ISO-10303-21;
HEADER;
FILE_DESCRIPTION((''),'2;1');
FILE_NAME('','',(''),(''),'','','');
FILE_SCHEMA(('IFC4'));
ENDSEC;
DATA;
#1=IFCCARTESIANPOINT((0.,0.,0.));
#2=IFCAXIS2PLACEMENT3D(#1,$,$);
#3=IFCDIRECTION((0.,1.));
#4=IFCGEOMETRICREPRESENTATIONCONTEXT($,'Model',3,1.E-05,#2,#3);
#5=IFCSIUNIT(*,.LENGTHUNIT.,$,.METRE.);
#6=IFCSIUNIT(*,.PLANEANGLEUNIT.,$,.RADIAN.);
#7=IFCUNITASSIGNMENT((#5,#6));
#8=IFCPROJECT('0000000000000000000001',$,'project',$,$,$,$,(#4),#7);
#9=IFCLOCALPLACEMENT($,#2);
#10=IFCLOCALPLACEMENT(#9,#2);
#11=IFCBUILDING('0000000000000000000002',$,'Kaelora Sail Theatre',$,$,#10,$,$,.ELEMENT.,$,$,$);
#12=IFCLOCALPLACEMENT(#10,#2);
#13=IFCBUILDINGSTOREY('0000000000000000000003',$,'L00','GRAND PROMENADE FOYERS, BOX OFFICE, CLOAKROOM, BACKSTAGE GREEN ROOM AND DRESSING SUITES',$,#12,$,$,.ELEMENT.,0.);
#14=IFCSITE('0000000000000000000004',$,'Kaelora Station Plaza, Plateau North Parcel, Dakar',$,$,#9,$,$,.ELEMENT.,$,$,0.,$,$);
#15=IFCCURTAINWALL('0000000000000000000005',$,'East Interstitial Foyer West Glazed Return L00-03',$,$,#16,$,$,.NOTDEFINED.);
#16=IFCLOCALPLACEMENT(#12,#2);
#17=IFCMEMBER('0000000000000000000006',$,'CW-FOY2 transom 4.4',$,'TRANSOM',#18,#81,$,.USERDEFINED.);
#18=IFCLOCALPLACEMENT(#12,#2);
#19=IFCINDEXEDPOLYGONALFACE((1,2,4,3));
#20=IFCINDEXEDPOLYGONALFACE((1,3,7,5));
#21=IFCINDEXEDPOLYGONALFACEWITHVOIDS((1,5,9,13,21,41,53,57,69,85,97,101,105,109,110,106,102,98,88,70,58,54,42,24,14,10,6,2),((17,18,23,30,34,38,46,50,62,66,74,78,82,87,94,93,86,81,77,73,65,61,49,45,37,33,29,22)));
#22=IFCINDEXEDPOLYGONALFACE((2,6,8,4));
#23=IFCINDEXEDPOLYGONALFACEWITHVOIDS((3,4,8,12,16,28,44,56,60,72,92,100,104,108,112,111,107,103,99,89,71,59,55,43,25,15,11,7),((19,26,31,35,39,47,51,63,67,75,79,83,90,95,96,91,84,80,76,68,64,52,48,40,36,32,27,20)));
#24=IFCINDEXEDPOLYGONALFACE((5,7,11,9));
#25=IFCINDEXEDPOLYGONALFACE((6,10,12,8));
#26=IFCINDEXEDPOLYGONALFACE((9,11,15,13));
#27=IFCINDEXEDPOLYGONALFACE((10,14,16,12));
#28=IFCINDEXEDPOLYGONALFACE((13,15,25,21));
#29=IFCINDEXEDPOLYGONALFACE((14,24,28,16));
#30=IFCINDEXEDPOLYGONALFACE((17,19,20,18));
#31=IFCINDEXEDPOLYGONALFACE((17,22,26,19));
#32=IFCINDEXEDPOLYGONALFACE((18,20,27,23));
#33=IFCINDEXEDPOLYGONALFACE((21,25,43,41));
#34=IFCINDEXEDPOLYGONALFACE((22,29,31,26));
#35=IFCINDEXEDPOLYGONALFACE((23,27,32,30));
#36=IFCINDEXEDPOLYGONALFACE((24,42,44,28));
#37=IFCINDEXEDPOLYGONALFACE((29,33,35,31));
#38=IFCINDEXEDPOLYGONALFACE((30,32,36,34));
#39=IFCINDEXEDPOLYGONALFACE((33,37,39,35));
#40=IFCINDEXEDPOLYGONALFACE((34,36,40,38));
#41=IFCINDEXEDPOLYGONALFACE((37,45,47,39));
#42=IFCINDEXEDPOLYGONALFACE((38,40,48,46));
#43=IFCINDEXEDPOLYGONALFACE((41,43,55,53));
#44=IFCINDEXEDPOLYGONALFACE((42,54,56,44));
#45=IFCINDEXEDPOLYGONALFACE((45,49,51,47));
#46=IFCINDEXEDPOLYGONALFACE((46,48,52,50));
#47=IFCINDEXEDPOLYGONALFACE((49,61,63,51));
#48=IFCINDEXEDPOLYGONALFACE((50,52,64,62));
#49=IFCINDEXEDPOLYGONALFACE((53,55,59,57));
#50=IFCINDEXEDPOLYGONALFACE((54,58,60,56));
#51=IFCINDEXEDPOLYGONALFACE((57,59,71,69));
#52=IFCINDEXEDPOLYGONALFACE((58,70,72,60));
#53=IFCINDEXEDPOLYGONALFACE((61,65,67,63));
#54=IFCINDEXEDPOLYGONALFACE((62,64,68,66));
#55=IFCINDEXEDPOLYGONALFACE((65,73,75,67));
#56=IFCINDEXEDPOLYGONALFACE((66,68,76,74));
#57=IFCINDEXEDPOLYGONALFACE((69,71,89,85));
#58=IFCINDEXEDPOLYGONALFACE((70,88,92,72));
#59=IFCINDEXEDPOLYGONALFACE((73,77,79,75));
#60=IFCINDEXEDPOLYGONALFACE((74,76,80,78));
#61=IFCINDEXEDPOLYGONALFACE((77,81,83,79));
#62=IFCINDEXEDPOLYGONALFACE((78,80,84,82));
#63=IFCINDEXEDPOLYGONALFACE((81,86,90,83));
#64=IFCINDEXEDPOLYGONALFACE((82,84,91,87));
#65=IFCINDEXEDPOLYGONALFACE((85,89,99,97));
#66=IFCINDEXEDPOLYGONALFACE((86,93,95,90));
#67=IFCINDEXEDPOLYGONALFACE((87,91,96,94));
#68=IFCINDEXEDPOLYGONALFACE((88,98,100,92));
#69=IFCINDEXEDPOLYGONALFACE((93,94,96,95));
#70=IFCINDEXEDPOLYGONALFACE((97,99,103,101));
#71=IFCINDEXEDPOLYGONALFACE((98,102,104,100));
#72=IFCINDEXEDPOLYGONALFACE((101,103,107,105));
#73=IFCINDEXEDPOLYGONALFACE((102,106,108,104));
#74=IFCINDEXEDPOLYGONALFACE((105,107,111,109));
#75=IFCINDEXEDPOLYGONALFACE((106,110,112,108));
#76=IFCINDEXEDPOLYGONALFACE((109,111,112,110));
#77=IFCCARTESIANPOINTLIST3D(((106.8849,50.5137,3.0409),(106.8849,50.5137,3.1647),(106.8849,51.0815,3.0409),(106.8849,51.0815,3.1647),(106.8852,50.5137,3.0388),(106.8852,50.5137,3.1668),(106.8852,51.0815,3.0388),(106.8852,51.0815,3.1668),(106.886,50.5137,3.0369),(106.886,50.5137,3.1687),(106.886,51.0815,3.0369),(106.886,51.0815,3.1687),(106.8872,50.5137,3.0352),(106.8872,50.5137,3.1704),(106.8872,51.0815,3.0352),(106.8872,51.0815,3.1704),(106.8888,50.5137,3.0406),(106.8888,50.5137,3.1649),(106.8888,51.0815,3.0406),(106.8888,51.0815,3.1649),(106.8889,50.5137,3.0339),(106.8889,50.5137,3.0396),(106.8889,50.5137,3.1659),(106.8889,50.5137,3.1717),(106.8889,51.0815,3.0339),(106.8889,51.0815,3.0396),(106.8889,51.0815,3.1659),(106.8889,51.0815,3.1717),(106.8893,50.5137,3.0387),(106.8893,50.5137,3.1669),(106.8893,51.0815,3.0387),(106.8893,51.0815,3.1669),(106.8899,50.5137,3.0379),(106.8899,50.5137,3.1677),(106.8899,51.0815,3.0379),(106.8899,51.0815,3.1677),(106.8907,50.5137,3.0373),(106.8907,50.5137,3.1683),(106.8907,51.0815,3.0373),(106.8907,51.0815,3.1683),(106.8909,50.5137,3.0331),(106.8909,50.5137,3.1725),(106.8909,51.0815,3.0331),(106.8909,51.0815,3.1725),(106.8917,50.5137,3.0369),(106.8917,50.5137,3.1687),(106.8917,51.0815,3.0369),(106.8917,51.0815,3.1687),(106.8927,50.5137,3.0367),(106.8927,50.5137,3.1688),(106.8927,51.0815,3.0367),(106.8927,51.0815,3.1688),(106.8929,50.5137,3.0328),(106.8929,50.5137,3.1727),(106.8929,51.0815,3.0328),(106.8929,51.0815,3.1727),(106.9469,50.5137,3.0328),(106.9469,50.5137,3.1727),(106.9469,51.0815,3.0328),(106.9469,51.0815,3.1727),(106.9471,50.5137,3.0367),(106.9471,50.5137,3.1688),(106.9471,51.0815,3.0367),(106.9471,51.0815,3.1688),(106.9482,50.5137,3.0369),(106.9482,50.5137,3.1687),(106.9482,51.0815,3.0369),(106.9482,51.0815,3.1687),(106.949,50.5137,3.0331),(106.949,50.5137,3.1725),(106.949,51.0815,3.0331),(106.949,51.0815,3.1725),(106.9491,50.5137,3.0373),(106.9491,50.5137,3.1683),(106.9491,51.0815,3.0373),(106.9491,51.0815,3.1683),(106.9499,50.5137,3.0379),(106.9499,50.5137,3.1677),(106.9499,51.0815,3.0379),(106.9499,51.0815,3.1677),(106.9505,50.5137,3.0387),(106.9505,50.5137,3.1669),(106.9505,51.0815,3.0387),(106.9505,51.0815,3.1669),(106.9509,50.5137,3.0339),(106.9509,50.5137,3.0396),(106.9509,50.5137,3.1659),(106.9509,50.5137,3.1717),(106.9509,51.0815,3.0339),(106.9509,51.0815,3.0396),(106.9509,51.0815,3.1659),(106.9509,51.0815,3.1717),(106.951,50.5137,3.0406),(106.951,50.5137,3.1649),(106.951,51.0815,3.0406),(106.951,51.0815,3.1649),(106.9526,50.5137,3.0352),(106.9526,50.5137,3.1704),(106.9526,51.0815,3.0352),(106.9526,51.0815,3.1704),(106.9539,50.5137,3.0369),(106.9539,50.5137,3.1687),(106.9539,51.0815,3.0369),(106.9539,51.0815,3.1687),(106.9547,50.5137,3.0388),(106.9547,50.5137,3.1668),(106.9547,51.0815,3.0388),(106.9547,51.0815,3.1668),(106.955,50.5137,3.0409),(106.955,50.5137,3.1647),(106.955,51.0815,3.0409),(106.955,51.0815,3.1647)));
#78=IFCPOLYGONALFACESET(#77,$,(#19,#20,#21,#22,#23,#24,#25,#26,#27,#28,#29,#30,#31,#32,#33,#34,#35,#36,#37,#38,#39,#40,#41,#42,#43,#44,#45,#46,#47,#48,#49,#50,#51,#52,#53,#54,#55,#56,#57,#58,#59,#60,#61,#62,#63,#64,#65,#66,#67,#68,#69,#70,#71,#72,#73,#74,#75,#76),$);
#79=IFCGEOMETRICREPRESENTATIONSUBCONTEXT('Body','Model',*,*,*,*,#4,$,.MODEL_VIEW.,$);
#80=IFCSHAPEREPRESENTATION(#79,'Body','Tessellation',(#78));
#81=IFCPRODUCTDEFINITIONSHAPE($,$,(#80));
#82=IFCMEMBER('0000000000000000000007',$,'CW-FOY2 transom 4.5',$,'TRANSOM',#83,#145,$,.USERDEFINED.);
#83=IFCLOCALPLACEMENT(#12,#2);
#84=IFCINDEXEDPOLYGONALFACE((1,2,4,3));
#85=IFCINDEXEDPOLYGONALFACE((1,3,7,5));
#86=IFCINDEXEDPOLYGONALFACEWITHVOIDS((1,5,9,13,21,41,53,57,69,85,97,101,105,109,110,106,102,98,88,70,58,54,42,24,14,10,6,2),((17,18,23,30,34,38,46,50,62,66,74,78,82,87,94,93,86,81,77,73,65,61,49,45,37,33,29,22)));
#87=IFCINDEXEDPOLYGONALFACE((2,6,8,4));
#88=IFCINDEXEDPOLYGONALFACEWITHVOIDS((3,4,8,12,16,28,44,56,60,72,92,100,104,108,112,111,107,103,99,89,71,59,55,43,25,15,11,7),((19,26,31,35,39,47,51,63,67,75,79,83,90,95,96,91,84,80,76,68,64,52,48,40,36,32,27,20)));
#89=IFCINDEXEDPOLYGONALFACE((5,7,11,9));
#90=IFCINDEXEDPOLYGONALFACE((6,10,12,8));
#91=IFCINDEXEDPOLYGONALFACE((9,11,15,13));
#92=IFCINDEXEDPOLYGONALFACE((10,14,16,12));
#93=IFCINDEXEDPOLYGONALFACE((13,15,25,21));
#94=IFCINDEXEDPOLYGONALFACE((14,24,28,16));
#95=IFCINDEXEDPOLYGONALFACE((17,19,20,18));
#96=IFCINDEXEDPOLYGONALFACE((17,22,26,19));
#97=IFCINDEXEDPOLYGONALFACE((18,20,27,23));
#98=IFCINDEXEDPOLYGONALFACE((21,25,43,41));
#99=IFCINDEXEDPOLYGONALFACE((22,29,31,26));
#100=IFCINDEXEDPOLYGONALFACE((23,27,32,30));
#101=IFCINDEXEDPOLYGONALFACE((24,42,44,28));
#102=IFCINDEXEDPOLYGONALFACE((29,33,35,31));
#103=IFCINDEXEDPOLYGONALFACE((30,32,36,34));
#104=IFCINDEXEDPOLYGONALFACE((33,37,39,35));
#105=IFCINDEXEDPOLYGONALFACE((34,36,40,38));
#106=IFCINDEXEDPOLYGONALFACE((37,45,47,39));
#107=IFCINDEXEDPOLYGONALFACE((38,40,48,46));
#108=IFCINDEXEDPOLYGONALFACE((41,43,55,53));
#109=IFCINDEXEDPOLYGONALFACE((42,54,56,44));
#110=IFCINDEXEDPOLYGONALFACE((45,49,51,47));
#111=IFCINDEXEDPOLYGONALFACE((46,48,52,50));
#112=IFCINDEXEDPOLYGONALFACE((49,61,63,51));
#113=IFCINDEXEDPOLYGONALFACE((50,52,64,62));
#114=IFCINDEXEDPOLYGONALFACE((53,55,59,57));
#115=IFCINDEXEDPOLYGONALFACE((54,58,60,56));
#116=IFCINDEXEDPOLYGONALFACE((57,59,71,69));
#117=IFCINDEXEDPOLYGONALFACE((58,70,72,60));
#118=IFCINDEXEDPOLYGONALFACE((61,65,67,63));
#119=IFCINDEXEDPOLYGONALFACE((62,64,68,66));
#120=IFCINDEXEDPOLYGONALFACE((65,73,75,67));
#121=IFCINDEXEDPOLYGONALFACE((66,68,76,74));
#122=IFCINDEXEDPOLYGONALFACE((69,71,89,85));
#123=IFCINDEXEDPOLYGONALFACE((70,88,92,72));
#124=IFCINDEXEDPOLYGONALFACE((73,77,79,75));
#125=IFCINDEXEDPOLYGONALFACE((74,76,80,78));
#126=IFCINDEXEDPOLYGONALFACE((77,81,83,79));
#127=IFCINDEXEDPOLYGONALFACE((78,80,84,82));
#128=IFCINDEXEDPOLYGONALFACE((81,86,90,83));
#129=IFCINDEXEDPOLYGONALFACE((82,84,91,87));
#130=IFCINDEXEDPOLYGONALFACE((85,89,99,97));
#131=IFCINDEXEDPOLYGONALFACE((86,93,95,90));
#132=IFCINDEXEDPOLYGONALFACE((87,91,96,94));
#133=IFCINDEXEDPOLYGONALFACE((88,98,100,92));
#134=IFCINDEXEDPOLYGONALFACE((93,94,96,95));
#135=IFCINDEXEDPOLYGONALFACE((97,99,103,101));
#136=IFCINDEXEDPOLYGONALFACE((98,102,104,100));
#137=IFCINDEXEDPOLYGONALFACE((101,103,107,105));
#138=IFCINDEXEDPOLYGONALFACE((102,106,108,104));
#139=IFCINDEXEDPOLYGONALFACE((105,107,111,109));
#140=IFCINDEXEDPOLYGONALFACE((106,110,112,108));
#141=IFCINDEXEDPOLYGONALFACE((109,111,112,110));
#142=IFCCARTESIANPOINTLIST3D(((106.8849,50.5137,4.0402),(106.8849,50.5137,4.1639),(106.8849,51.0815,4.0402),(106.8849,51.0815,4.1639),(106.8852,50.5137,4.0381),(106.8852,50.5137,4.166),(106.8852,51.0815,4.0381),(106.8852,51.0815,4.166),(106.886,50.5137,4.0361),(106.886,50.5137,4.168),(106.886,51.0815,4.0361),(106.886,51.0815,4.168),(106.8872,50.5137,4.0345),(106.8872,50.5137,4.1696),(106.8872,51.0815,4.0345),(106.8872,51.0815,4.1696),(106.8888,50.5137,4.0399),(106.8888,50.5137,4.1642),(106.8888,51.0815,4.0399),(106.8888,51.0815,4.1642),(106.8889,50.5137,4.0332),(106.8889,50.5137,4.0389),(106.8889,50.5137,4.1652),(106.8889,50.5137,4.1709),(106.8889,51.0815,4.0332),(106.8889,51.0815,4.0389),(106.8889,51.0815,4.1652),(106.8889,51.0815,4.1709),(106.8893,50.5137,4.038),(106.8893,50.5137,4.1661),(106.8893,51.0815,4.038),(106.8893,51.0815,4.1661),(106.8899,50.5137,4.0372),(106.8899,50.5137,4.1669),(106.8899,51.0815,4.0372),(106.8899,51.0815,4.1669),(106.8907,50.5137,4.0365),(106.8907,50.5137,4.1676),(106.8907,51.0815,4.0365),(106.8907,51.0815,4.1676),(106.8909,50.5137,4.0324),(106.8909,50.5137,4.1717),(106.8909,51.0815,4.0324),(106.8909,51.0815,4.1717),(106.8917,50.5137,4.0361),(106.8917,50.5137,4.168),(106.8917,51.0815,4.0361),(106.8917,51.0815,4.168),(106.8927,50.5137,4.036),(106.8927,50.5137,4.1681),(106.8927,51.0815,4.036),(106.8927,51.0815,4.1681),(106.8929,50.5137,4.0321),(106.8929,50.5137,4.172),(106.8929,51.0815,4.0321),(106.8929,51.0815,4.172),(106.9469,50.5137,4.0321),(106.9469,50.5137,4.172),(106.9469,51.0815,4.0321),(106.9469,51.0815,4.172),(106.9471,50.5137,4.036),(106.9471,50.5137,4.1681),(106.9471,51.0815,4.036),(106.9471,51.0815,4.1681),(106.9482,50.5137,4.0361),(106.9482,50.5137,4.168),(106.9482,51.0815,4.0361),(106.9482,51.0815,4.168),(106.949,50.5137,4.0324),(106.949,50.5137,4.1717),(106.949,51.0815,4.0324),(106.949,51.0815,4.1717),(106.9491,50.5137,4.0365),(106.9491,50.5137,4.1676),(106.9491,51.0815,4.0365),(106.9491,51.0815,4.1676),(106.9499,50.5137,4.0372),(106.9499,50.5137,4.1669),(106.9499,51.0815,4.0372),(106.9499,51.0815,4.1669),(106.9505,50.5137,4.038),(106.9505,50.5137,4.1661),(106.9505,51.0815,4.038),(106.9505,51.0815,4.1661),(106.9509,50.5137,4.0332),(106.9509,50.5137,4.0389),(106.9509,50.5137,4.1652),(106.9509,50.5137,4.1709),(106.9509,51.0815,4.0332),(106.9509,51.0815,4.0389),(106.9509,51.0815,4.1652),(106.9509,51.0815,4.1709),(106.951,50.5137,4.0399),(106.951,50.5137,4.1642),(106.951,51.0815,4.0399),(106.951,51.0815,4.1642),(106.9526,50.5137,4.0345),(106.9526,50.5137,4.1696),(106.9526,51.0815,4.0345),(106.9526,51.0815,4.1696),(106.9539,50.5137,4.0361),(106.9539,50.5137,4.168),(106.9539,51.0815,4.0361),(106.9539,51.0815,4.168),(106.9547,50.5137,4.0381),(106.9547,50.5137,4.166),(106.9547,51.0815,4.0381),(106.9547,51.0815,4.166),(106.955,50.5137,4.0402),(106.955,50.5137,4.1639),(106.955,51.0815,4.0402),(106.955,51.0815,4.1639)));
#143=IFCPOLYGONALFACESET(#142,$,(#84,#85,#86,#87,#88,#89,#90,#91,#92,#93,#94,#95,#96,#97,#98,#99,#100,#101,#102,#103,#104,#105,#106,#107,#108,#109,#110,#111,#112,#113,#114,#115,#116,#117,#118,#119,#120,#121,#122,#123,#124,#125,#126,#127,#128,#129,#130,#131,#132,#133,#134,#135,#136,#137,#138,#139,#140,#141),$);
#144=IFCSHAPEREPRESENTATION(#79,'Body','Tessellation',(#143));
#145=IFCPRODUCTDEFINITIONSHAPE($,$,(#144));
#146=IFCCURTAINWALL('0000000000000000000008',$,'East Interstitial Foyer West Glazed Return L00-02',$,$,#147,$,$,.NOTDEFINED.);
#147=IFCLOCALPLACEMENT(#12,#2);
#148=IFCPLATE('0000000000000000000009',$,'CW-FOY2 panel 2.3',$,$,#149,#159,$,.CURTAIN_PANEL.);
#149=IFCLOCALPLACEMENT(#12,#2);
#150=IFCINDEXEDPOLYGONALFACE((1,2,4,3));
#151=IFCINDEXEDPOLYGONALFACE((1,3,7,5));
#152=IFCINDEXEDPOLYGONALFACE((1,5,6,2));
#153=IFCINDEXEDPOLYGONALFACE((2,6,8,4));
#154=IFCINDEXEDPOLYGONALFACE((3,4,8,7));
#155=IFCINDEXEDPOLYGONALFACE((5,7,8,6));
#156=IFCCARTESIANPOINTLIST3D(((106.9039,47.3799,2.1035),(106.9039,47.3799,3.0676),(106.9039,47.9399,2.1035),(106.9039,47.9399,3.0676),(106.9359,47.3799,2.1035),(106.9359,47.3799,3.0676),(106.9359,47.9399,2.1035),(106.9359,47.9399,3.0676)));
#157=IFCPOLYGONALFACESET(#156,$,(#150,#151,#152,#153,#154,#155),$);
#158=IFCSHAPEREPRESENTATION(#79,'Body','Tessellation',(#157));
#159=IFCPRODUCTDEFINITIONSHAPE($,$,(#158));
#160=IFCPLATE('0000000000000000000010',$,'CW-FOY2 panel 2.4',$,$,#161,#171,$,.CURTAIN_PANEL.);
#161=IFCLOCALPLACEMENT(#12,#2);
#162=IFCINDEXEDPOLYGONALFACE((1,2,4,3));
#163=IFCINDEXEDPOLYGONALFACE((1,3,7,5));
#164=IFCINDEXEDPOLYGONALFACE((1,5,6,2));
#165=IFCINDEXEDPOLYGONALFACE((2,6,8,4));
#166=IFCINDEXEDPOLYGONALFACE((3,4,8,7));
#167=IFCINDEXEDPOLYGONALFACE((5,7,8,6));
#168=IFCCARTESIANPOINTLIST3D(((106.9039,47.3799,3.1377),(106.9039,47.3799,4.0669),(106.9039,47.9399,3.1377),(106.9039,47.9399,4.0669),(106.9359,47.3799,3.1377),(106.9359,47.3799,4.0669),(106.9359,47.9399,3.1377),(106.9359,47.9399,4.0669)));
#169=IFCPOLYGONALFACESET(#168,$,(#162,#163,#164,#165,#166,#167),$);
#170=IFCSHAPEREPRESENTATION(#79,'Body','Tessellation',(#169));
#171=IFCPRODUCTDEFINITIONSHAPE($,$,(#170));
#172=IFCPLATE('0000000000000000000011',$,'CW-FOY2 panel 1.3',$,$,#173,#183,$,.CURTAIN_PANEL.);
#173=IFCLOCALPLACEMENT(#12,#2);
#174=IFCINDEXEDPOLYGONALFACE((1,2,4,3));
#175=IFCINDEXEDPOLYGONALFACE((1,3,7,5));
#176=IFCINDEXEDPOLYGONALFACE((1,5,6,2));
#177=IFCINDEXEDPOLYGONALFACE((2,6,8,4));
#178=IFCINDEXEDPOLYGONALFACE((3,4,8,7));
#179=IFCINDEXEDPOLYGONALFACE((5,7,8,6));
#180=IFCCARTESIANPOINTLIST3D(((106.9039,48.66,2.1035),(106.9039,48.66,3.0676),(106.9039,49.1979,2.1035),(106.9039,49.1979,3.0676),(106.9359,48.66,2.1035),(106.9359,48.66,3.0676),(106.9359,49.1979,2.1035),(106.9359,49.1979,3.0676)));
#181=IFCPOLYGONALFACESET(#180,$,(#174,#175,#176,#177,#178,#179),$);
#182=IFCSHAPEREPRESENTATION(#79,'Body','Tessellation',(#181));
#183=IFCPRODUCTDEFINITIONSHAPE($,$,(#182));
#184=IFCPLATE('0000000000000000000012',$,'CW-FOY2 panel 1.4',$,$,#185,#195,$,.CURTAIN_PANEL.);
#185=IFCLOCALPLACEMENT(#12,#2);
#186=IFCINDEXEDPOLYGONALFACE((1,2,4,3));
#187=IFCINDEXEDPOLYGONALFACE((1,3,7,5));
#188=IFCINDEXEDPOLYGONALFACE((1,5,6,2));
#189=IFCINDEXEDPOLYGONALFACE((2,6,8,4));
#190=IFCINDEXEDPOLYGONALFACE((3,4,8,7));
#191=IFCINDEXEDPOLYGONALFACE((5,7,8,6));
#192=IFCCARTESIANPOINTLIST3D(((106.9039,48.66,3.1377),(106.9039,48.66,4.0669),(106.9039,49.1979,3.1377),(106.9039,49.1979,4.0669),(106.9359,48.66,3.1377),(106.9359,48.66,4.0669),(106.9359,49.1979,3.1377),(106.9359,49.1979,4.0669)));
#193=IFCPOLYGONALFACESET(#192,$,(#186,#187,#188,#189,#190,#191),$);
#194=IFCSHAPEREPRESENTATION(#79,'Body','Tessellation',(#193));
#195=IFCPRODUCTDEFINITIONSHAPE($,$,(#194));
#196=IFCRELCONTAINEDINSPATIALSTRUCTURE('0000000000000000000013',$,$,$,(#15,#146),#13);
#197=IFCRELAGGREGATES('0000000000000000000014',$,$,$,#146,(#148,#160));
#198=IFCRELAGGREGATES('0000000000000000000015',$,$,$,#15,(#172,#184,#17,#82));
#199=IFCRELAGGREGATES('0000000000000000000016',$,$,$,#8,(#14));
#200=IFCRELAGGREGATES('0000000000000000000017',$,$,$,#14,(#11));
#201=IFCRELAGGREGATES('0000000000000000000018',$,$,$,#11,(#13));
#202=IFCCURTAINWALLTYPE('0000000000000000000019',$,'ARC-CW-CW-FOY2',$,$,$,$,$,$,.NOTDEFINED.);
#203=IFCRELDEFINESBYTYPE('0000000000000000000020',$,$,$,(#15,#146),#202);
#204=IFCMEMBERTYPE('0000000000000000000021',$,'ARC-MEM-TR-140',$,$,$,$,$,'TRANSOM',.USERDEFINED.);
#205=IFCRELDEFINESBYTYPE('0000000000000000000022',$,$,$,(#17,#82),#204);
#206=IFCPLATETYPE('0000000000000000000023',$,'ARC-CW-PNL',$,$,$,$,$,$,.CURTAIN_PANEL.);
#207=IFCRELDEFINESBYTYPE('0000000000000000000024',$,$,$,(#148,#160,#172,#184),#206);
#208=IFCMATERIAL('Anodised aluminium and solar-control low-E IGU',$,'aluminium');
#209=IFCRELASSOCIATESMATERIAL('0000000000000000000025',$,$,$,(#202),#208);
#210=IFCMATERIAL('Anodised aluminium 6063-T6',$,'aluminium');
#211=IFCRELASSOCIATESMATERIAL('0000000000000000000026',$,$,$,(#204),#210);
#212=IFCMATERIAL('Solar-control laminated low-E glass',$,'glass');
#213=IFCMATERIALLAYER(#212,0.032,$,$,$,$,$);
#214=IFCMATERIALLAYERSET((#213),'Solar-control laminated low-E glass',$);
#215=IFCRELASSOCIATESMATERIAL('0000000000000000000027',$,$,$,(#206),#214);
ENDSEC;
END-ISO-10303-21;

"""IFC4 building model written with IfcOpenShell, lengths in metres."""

from ifc_helpers import new_model, si_unit, direction, frame, origin, origin_2d, place, context, subcontext, project, spatial, rectangle, hollow_rectangle, extrude, material, layer, layer_set, material_profile, profile_set, type_object, element, aggregate, save


model = new_model("IFC4")

# Units and contexts
model_context = context("Model", 3, precision=1e-05, world=origin(), true_north=direction((0.0, 1.0)))
body_context = subcontext(model_context, "Body", "Model", "MODEL_VIEW")
ifc_project = project(units=[si_unit("LENGTHUNIT", "METRE"), si_unit("PLANEANGLEUNIT", "RADIAN")], contexts=[model_context])

# Site, building, storey
site_placement = place(None, origin())
site = spatial("IfcSite", under=ifc_project, at=site_placement, Name="Kaelora Station Plaza, Plateau North Parcel, Dakar", CompositionType="ELEMENT", RefElevation=0.0)
building_placement = place(site_placement, origin())
building = spatial("IfcBuilding", under=site, at=building_placement, Name="Kaelora Sail Theatre", CompositionType="ELEMENT")
storey_placement = place(building_placement, origin())
storey = spatial("IfcBuildingStorey", under=building, at=storey_placement, Name="L00", Description="GRAND PROMENADE FOYERS, BOX OFFICE, CLOAKROOM, BACKSTAGE GREEN ROOM AND DRESSING SUITES", CompositionType="ELEMENT", Elevation=0.0)

# Curtain wall, members
ifc_material_1 = material(Name="Anodised aluminium and solar-control low-E IGU", Category="aluminium")
curtain_wall_type = type_object("IfcCurtainWallType", Name="ARC-CW-CW-FOY2", PredefinedType="NOTDEFINED", material=ifc_material_1)
curtain_wall_1_placement = place(storey_placement, origin())
curtain_wall_1 = element("IfcCurtainWall", 1, at=curtain_wall_1_placement, inside=storey, type_object=curtain_wall_type, Name="East Interstitial Foyer West Glazed Return L00-03", PredefinedType="NOTDEFINED")
ifc_material_2 = material(Name="Anodised aluminium 6063-T6", Category="aluminium")
ifc_material_profile = material_profile(ifc_material_2, hollow_rectangle(XDim=0.0701, YDim=0.1399, WallThickness=0.0039, InnerFilletRadius=0.0039, OuterFilletRadius=0.0081, at=origin_2d()), Name="ALU-TRAN 70x140x4")
ifc_profile_set = profile_set([ifc_material_profile], Name="Anodised aluminium 6063-T6")
member_type = type_object("IfcMemberType", Name="ARC-MEM-TR-140", ElementType="TRANSOM", PredefinedType="USERDEFINED", material=ifc_profile_set)
member_1_placement = place(storey_placement, frame((106.9199, 50.5137, 3.1028), z_axis=(0.0, 1.0, 0.0), x_axis=(-1.0, 0.0, 0.0)))
member_1 = element("IfcMember", 2, at=member_1_placement, type_object=member_type, Name="CW-FOY2 transom 4.4", ObjectType="TRANSOM", PredefinedType="USERDEFINED", context=body_context, shape_type="SweptSolid", body=[
    extrude(hollow_rectangle(XDim=0.0701, YDim=0.1399, WallThickness=0.0039, InnerFilletRadius=0.0039, OuterFilletRadius=0.0081, at=origin_2d()), origin(), (0.0, 0.0, 1.0), 0.5679),
])
member_2_placement = place(storey_placement, frame((106.9199, 50.5137, 4.1021), z_axis=(0.0, 1.0, 0.0), x_axis=(-1.0, 0.0, 0.0)))
member_2 = element("IfcMember", 3, at=member_2_placement, type_object=member_type, Name="CW-FOY2 transom 4.5", ObjectType="TRANSOM", PredefinedType="USERDEFINED", context=body_context, shape_type="SweptSolid", body=[
    extrude(hollow_rectangle(XDim=0.0701, YDim=0.1399, WallThickness=0.0039, InnerFilletRadius=0.0039, OuterFilletRadius=0.0081, at=origin_2d()), origin(), (0.0, 0.0, 1.0), 0.5679),
])

# Curtain wall, plates
curtain_wall_2_placement = place(storey_placement, origin())
curtain_wall_2 = element("IfcCurtainWall", 4, at=curtain_wall_2_placement, inside=storey, type_object=curtain_wall_type, Name="East Interstitial Foyer West Glazed Return L00-02", PredefinedType="NOTDEFINED")
ifc_material_3 = material(Name="Solar-control laminated low-E glass", Category="glass")
ifc_layer = layer(ifc_material_3, 0.032)
ifc_layer_set = layer_set([ifc_layer], Name="Solar-control laminated low-E glass")
plate_type = type_object("IfcPlateType", Name="ARC-CW-PNL", PredefinedType="CURTAIN_PANEL", material=ifc_layer_set)
plate_1_placement = place(storey_placement, frame((106.9199, 47.6599, 2.1035), z_axis=(0.0, 0.0, 1.0), x_axis=(0.0, 1.0, 0.0)))
plate_1 = element("IfcPlate", 5, at=plate_1_placement, type_object=plate_type, Name="CW-FOY2 panel 2.3", PredefinedType="CURTAIN_PANEL", context=body_context, shape_type="SweptSolid", body=[
    extrude(rectangle(XDim=0.5601, YDim=0.032, at=origin_2d()), origin(), (0.0, 0.0, 1.0), 0.9641),
])
plate_2_placement = place(storey_placement, frame((106.9199, 47.6599, 3.1377), z_axis=(0.0, 0.0, 1.0), x_axis=(0.0, 1.0, 0.0)))
plate_2 = element("IfcPlate", 6, at=plate_2_placement, type_object=plate_type, Name="CW-FOY2 panel 2.4", PredefinedType="CURTAIN_PANEL", context=body_context, shape_type="SweptSolid", body=[
    extrude(rectangle(XDim=0.5601, YDim=0.032, at=origin_2d()), origin(), (0.0, 0.0, 1.0), 0.9292),
])
aggregate(curtain_wall_2, [plate_1, plate_2])

# Plates
plate_3_placement = place(storey_placement, frame((106.9199, 48.929, 2.1035), z_axis=(0.0, 0.0, 1.0), x_axis=(0.0, 1.0, 0.0)))
plate_3 = element("IfcPlate", 7, at=plate_3_placement, type_object=plate_type, Name="CW-FOY2 panel 1.3", PredefinedType="CURTAIN_PANEL", context=body_context, shape_type="SweptSolid", body=[
    extrude(rectangle(XDim=0.5378, YDim=0.032, at=origin_2d()), origin(), (0.0, 0.0, 1.0), 0.9641),
])
plate_4_placement = place(storey_placement, frame((106.9199, 48.929, 3.1377), z_axis=(0.0, 0.0, 1.0), x_axis=(0.0, 1.0, 0.0)))
plate_4 = element("IfcPlate", 8, at=plate_4_placement, type_object=plate_type, Name="CW-FOY2 panel 1.4", PredefinedType="CURTAIN_PANEL", context=body_context, shape_type="SweptSolid", body=[
    extrude(rectangle(XDim=0.5378, YDim=0.032, at=origin_2d()), origin(), (0.0, 0.0, 1.0), 0.9292),
])
aggregate(curtain_wall_1, [plate_3, plate_4, member_1, member_2])

save(model, "model.ifc")
